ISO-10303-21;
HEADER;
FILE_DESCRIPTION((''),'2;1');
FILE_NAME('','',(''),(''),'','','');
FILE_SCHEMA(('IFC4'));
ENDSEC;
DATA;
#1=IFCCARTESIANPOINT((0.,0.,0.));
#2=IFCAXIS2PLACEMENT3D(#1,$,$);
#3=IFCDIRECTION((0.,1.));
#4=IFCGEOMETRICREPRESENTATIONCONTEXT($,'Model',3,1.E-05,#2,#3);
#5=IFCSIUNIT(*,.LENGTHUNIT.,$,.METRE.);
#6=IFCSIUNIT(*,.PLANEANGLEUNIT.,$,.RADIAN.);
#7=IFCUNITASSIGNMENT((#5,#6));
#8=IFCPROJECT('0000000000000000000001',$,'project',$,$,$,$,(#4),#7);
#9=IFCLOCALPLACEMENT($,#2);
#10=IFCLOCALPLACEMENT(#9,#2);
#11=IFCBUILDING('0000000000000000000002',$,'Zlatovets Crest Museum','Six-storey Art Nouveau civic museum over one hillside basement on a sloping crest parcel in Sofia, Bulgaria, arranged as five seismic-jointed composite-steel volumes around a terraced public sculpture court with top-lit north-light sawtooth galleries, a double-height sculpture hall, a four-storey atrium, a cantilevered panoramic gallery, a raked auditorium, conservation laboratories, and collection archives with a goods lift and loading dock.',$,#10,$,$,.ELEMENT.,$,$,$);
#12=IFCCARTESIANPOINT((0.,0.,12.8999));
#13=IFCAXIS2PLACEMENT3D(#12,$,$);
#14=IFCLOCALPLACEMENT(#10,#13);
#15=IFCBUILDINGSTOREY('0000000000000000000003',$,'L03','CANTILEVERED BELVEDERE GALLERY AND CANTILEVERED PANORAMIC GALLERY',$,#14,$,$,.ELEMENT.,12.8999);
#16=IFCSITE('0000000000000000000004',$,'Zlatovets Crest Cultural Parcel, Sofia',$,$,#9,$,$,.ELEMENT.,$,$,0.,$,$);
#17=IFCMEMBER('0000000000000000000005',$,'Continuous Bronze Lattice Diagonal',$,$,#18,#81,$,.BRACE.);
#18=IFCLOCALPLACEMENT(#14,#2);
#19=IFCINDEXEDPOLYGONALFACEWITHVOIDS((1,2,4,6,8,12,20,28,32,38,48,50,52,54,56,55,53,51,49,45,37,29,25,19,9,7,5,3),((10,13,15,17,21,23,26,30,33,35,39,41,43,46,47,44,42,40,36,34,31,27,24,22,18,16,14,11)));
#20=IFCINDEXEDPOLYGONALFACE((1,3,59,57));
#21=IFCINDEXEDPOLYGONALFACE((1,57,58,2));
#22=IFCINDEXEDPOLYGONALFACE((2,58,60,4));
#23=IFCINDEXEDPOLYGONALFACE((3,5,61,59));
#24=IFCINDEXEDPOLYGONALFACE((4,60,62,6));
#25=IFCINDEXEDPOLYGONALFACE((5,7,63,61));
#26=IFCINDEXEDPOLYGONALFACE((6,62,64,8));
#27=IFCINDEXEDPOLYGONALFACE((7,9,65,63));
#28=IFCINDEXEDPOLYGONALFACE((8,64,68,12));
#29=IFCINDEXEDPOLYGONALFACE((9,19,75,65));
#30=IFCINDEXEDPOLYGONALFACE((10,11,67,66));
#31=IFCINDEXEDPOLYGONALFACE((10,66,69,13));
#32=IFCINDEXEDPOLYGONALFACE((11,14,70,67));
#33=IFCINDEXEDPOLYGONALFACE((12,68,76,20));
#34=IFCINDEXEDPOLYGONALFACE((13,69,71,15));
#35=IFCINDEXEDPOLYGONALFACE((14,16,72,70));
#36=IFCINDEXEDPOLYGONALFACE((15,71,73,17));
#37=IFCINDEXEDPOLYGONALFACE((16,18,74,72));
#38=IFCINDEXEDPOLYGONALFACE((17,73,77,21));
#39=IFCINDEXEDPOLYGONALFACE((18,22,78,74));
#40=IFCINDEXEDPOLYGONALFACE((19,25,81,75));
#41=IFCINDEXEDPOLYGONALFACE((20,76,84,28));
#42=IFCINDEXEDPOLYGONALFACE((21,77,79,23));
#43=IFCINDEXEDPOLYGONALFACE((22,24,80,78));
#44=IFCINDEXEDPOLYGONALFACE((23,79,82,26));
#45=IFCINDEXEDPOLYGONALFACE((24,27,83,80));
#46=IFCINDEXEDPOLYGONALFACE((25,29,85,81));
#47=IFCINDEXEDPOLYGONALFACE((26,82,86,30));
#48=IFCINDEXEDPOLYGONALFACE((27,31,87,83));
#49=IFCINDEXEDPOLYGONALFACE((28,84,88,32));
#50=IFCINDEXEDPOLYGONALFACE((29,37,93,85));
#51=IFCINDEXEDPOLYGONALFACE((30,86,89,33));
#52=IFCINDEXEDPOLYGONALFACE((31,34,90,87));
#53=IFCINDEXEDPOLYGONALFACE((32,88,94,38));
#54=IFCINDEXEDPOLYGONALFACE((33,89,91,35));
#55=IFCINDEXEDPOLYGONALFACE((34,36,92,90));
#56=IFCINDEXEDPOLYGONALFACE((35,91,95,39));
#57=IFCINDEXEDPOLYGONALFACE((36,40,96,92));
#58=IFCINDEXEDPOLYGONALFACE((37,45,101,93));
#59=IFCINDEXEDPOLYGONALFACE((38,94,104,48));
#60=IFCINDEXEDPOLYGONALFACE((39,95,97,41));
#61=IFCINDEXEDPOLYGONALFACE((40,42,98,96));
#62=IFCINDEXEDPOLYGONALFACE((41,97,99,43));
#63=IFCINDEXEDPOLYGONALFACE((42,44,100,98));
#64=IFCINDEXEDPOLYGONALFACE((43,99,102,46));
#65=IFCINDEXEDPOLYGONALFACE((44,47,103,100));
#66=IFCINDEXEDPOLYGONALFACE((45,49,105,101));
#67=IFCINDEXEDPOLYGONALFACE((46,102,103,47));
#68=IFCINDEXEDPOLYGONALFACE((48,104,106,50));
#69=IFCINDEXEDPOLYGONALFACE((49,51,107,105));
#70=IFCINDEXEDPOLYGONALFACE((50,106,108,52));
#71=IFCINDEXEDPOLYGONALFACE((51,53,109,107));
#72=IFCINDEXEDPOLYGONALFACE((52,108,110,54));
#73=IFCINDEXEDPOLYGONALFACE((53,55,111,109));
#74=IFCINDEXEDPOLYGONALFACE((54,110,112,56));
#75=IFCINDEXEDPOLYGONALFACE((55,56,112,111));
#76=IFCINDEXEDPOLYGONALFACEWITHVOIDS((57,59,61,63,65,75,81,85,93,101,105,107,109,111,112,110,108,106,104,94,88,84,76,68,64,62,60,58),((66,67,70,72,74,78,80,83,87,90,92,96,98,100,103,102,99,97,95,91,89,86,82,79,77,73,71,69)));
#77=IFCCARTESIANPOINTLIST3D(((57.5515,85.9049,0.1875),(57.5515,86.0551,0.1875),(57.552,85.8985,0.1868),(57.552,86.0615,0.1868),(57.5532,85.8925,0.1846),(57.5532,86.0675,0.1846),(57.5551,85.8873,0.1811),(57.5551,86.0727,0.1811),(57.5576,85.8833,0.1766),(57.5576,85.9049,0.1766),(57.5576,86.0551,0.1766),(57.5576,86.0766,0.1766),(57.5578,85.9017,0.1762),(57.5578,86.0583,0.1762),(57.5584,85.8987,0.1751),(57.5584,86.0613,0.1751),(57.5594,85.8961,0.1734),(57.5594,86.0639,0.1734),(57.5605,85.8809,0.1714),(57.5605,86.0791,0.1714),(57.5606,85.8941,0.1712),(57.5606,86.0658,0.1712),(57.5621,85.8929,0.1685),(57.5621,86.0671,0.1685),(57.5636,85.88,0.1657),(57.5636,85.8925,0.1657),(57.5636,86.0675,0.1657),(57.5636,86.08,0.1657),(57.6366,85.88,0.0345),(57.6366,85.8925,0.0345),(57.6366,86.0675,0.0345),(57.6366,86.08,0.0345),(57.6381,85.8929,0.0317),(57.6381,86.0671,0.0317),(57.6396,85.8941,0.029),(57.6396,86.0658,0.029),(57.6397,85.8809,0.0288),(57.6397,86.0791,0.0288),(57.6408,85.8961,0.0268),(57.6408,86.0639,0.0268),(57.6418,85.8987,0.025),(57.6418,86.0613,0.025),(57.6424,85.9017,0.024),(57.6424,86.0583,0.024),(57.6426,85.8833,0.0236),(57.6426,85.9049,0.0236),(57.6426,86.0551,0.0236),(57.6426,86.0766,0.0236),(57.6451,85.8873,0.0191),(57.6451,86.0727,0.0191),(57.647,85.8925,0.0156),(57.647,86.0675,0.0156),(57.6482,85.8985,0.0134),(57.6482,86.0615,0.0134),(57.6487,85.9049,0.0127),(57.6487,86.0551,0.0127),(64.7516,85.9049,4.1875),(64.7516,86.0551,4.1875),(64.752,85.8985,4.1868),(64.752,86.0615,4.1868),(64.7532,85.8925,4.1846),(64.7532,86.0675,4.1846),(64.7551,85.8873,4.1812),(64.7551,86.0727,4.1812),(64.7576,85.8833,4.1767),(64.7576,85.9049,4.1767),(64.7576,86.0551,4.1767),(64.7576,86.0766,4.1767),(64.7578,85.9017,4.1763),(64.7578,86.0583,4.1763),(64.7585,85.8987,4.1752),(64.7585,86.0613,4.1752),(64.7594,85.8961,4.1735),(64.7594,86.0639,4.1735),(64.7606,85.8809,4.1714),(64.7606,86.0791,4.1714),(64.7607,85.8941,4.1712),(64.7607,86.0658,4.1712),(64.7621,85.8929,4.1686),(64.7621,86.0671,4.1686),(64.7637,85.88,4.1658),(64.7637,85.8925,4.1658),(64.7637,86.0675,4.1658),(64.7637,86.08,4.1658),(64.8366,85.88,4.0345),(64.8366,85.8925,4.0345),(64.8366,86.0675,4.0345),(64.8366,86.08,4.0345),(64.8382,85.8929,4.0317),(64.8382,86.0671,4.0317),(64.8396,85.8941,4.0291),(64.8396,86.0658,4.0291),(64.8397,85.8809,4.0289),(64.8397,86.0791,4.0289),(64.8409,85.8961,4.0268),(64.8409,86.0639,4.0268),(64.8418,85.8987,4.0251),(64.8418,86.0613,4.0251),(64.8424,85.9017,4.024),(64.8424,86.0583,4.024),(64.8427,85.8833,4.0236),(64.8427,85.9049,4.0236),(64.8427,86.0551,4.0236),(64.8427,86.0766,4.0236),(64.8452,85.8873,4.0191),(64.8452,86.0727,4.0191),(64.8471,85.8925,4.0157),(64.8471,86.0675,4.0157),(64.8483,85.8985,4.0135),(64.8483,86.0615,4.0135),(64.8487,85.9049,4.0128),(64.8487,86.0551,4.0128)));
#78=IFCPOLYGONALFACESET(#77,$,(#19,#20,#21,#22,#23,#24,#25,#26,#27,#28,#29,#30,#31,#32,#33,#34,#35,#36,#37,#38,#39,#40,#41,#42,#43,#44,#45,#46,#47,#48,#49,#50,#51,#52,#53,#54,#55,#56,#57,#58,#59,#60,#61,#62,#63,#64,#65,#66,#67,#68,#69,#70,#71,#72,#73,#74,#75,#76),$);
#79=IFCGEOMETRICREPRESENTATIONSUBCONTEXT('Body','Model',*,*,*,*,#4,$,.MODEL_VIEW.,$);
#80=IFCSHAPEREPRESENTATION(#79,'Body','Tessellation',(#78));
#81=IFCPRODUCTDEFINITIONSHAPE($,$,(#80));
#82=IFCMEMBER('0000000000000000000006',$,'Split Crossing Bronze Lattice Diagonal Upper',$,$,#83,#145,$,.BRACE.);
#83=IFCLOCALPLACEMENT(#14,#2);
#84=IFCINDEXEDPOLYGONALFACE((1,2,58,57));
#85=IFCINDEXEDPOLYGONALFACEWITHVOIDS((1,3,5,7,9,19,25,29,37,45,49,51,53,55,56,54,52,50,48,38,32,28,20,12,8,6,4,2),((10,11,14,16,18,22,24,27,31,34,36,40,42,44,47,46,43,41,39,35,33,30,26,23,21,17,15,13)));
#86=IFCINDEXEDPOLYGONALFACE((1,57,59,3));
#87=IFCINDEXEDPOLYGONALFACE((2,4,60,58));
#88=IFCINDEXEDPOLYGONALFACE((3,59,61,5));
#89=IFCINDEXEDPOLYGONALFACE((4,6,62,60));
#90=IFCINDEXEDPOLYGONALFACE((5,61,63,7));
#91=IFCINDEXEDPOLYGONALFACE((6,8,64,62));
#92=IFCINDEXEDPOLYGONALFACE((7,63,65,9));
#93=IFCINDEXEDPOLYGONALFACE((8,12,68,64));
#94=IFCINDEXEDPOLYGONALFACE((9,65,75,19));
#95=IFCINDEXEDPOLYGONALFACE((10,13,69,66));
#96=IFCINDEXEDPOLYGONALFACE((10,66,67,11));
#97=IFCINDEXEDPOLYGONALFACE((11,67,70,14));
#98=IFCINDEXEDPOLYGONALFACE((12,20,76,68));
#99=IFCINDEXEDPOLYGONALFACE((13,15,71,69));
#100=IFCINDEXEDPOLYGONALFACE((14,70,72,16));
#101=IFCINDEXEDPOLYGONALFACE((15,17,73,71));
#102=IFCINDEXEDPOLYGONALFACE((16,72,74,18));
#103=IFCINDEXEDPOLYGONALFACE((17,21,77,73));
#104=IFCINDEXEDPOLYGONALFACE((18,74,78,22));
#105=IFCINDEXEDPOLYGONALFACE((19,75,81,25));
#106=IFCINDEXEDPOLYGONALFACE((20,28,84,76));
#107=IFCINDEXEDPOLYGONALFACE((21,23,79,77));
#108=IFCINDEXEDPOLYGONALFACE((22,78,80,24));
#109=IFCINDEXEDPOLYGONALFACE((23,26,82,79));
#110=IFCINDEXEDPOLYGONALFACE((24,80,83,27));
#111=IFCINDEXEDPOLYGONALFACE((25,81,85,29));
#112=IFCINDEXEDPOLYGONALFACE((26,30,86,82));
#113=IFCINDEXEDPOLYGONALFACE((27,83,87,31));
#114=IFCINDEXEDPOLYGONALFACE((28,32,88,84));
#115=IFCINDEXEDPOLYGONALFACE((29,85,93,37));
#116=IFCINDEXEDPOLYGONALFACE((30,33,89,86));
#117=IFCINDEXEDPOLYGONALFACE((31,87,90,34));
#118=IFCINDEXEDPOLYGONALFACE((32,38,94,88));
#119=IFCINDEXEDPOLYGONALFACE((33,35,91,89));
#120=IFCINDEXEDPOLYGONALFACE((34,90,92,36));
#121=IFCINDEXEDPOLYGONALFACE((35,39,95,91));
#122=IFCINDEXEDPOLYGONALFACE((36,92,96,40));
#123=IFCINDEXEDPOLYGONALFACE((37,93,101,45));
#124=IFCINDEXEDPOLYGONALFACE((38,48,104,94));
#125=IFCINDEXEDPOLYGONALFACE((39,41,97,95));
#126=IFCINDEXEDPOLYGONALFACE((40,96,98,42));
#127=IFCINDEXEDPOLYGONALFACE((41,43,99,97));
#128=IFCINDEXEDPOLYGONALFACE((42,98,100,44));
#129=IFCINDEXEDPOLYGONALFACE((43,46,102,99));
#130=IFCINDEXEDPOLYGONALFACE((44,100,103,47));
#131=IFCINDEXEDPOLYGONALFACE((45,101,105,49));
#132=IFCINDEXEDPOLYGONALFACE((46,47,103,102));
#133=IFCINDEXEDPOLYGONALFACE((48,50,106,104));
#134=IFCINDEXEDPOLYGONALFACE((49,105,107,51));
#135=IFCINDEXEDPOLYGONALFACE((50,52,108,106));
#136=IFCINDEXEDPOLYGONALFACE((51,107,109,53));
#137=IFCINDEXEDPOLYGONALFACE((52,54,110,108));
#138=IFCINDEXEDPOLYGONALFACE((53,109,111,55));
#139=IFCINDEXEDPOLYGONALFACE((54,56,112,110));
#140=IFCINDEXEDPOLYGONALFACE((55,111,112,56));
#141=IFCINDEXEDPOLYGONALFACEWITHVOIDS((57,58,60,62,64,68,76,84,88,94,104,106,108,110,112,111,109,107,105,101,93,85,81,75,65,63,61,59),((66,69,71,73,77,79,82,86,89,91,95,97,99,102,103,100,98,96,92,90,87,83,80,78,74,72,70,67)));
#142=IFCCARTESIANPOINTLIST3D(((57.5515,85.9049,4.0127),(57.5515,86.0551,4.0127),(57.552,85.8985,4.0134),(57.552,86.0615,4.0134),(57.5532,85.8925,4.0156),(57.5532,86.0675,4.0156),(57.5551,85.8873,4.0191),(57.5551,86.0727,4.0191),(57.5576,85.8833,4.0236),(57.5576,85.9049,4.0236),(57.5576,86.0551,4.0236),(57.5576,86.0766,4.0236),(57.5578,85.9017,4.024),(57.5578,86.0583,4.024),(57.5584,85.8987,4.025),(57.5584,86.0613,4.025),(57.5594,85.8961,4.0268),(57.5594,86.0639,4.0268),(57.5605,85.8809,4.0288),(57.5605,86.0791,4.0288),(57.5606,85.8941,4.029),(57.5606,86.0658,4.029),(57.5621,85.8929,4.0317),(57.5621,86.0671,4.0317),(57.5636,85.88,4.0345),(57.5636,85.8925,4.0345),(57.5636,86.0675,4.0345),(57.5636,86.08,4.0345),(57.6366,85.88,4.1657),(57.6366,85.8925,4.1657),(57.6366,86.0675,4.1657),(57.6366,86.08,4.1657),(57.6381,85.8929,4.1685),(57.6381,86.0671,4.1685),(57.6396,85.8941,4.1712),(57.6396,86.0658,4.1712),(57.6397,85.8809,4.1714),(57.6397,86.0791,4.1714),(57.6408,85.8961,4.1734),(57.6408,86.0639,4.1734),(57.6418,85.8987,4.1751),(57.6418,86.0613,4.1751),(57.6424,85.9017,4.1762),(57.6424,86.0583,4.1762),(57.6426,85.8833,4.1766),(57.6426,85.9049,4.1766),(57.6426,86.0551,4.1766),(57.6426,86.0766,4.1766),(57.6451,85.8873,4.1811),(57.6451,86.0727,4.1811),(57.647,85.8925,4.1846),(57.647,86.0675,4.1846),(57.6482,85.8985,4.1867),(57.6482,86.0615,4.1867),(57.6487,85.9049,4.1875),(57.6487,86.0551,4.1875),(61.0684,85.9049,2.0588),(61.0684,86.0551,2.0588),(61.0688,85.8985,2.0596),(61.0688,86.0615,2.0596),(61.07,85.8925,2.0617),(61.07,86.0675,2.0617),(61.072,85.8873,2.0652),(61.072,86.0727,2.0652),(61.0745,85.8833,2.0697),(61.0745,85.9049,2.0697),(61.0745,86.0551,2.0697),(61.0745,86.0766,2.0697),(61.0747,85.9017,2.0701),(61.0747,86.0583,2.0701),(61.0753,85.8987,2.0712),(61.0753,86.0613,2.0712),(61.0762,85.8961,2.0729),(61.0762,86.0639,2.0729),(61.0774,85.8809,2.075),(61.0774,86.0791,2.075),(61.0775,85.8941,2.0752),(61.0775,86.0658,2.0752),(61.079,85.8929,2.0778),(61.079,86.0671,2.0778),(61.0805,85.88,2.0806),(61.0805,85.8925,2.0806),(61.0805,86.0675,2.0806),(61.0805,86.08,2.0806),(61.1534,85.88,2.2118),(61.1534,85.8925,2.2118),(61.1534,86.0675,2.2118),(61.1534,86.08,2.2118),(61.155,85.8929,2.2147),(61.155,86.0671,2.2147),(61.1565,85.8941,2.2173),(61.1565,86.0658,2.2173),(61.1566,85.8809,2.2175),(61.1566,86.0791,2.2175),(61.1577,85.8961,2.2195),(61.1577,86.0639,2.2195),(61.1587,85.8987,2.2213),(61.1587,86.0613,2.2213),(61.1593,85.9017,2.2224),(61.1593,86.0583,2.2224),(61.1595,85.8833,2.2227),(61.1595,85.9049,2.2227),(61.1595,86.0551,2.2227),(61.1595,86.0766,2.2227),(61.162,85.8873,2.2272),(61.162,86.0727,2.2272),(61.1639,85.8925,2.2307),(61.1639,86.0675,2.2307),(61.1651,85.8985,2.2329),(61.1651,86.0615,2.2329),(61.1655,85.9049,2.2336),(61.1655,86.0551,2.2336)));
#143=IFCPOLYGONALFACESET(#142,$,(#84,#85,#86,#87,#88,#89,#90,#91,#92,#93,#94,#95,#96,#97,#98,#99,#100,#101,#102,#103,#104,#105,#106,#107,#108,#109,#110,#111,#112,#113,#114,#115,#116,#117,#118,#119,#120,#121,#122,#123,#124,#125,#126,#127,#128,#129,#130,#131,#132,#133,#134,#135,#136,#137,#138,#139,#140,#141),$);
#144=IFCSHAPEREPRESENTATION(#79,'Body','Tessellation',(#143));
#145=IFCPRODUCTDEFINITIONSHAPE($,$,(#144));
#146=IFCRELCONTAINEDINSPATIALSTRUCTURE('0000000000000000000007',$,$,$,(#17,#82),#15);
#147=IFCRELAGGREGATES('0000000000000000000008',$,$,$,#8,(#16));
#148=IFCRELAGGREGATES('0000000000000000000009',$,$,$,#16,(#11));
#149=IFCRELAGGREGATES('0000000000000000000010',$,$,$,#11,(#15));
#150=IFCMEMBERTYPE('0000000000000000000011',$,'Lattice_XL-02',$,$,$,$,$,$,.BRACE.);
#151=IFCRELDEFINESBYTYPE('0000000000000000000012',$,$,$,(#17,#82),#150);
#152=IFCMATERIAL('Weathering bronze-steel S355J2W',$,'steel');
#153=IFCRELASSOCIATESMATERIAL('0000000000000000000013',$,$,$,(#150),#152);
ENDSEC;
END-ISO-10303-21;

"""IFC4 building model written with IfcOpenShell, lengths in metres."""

from ifc_helpers import new_model, si_unit, direction, frame, origin, origin_2d, place, context, subcontext, project, spatial, hollow_rectangle, extrude, material, material_profile, profile_set, type_object, element, save


model = new_model("IFC4")

# Units and contexts
model_context = context("Model", 3, precision=1e-05, world=origin(), true_north=direction((0.0, 1.0)))
body_context = subcontext(model_context, "Body", "Model", "MODEL_VIEW")
ifc_project = project(units=[si_unit("LENGTHUNIT", "METRE"), si_unit("PLANEANGLEUNIT", "RADIAN")], contexts=[model_context])

# Site, building, storey
site_placement = place(None, origin())
site = spatial("IfcSite", under=ifc_project, at=site_placement, Name="Zlatovets Crest Cultural Parcel, Sofia", CompositionType="ELEMENT", RefElevation=0.0)
building_placement = place(site_placement, origin())
building = spatial("IfcBuilding", under=site, at=building_placement, Name="Zlatovets Crest Museum", Description="Six-storey Art Nouveau civic museum over one hillside basement on a sloping crest parcel in Sofia, Bulgaria, arranged as five seismic-jointed composite-steel volumes around a terraced public sculpture court with top-lit north-light sawtooth galleries, a double-height sculpture hall, a four-storey atrium, a cantilevered panoramic gallery, a raked auditorium, conservation laboratories, and collection archives with a goods lift and loading dock.", CompositionType="ELEMENT")
storey_placement = place(building_placement, frame((0.0, 0.0, 12.8999)))
storey = spatial("IfcBuildingStorey", under=building, at=storey_placement, Name="L03", Description="CANTILEVERED BELVEDERE GALLERY AND CANTILEVERED PANORAMIC GALLERY", CompositionType="ELEMENT", Elevation=12.8999)

# Members
ifc_material_1 = material(Name="Weathering bronze-steel S355J2W", Category="steel")
ifc_material_profile_1 = material_profile(ifc_material_1, hollow_rectangle(XDim=0.2, YDim=0.2, WallThickness=0.0125, InnerFilletRadius=0.0125, OuterFilletRadius=0.0249, at=origin_2d()), Name="SHS 200x200x12.5")
ifc_profile_set_1 = profile_set([ifc_material_profile_1], Name="Weathering bronze-steel S355J2W")
member_type_1 = type_object("IfcMemberType", Name="Lattice_XL-02", PredefinedType="BRACE", material=ifc_profile_set_1)
member_1_placement = place(storey_placement, frame((57.6001, 85.98, 0.1001), z_axis=(0.874156, 0.0, 0.485645), x_axis=(0.0, 1.0, 0.0)))
element("IfcMember", 1, at=member_1_placement, inside=storey, type_object=member_type_1, Name="Continuous Bronze Lattice Diagonal", PredefinedType="BRACE", context=body_context, shape_type="SweptSolid", body=[
    extrude(hollow_rectangle(XDim=0.2, YDim=0.2, WallThickness=0.0125, InnerFilletRadius=0.0125, OuterFilletRadius=0.0249, at=origin_2d()), origin(), (0.0, 0.0, 1.0), 8.2366),
])
member_2_placement = place(storey_placement, frame((57.6001, 85.98, 4.1001), z_axis=(0.874152, 0.0, -0.485653), x_axis=(0.0, 1.0, 0.0)))
element("IfcMember", 2, at=member_2_placement, inside=storey, type_object=member_type_1, Name="Split Crossing Bronze Lattice Diagonal Upper", PredefinedType="BRACE", context=body_context, shape_type="SweptSolid", body=[
    extrude(hollow_rectangle(XDim=0.2, YDim=0.2, WallThickness=0.0125, InnerFilletRadius=0.0125, OuterFilletRadius=0.0249, at=origin_2d()), origin(), (0.0, 0.0, 1.0), 4.0232),
])

save(model, "model.ifc")
